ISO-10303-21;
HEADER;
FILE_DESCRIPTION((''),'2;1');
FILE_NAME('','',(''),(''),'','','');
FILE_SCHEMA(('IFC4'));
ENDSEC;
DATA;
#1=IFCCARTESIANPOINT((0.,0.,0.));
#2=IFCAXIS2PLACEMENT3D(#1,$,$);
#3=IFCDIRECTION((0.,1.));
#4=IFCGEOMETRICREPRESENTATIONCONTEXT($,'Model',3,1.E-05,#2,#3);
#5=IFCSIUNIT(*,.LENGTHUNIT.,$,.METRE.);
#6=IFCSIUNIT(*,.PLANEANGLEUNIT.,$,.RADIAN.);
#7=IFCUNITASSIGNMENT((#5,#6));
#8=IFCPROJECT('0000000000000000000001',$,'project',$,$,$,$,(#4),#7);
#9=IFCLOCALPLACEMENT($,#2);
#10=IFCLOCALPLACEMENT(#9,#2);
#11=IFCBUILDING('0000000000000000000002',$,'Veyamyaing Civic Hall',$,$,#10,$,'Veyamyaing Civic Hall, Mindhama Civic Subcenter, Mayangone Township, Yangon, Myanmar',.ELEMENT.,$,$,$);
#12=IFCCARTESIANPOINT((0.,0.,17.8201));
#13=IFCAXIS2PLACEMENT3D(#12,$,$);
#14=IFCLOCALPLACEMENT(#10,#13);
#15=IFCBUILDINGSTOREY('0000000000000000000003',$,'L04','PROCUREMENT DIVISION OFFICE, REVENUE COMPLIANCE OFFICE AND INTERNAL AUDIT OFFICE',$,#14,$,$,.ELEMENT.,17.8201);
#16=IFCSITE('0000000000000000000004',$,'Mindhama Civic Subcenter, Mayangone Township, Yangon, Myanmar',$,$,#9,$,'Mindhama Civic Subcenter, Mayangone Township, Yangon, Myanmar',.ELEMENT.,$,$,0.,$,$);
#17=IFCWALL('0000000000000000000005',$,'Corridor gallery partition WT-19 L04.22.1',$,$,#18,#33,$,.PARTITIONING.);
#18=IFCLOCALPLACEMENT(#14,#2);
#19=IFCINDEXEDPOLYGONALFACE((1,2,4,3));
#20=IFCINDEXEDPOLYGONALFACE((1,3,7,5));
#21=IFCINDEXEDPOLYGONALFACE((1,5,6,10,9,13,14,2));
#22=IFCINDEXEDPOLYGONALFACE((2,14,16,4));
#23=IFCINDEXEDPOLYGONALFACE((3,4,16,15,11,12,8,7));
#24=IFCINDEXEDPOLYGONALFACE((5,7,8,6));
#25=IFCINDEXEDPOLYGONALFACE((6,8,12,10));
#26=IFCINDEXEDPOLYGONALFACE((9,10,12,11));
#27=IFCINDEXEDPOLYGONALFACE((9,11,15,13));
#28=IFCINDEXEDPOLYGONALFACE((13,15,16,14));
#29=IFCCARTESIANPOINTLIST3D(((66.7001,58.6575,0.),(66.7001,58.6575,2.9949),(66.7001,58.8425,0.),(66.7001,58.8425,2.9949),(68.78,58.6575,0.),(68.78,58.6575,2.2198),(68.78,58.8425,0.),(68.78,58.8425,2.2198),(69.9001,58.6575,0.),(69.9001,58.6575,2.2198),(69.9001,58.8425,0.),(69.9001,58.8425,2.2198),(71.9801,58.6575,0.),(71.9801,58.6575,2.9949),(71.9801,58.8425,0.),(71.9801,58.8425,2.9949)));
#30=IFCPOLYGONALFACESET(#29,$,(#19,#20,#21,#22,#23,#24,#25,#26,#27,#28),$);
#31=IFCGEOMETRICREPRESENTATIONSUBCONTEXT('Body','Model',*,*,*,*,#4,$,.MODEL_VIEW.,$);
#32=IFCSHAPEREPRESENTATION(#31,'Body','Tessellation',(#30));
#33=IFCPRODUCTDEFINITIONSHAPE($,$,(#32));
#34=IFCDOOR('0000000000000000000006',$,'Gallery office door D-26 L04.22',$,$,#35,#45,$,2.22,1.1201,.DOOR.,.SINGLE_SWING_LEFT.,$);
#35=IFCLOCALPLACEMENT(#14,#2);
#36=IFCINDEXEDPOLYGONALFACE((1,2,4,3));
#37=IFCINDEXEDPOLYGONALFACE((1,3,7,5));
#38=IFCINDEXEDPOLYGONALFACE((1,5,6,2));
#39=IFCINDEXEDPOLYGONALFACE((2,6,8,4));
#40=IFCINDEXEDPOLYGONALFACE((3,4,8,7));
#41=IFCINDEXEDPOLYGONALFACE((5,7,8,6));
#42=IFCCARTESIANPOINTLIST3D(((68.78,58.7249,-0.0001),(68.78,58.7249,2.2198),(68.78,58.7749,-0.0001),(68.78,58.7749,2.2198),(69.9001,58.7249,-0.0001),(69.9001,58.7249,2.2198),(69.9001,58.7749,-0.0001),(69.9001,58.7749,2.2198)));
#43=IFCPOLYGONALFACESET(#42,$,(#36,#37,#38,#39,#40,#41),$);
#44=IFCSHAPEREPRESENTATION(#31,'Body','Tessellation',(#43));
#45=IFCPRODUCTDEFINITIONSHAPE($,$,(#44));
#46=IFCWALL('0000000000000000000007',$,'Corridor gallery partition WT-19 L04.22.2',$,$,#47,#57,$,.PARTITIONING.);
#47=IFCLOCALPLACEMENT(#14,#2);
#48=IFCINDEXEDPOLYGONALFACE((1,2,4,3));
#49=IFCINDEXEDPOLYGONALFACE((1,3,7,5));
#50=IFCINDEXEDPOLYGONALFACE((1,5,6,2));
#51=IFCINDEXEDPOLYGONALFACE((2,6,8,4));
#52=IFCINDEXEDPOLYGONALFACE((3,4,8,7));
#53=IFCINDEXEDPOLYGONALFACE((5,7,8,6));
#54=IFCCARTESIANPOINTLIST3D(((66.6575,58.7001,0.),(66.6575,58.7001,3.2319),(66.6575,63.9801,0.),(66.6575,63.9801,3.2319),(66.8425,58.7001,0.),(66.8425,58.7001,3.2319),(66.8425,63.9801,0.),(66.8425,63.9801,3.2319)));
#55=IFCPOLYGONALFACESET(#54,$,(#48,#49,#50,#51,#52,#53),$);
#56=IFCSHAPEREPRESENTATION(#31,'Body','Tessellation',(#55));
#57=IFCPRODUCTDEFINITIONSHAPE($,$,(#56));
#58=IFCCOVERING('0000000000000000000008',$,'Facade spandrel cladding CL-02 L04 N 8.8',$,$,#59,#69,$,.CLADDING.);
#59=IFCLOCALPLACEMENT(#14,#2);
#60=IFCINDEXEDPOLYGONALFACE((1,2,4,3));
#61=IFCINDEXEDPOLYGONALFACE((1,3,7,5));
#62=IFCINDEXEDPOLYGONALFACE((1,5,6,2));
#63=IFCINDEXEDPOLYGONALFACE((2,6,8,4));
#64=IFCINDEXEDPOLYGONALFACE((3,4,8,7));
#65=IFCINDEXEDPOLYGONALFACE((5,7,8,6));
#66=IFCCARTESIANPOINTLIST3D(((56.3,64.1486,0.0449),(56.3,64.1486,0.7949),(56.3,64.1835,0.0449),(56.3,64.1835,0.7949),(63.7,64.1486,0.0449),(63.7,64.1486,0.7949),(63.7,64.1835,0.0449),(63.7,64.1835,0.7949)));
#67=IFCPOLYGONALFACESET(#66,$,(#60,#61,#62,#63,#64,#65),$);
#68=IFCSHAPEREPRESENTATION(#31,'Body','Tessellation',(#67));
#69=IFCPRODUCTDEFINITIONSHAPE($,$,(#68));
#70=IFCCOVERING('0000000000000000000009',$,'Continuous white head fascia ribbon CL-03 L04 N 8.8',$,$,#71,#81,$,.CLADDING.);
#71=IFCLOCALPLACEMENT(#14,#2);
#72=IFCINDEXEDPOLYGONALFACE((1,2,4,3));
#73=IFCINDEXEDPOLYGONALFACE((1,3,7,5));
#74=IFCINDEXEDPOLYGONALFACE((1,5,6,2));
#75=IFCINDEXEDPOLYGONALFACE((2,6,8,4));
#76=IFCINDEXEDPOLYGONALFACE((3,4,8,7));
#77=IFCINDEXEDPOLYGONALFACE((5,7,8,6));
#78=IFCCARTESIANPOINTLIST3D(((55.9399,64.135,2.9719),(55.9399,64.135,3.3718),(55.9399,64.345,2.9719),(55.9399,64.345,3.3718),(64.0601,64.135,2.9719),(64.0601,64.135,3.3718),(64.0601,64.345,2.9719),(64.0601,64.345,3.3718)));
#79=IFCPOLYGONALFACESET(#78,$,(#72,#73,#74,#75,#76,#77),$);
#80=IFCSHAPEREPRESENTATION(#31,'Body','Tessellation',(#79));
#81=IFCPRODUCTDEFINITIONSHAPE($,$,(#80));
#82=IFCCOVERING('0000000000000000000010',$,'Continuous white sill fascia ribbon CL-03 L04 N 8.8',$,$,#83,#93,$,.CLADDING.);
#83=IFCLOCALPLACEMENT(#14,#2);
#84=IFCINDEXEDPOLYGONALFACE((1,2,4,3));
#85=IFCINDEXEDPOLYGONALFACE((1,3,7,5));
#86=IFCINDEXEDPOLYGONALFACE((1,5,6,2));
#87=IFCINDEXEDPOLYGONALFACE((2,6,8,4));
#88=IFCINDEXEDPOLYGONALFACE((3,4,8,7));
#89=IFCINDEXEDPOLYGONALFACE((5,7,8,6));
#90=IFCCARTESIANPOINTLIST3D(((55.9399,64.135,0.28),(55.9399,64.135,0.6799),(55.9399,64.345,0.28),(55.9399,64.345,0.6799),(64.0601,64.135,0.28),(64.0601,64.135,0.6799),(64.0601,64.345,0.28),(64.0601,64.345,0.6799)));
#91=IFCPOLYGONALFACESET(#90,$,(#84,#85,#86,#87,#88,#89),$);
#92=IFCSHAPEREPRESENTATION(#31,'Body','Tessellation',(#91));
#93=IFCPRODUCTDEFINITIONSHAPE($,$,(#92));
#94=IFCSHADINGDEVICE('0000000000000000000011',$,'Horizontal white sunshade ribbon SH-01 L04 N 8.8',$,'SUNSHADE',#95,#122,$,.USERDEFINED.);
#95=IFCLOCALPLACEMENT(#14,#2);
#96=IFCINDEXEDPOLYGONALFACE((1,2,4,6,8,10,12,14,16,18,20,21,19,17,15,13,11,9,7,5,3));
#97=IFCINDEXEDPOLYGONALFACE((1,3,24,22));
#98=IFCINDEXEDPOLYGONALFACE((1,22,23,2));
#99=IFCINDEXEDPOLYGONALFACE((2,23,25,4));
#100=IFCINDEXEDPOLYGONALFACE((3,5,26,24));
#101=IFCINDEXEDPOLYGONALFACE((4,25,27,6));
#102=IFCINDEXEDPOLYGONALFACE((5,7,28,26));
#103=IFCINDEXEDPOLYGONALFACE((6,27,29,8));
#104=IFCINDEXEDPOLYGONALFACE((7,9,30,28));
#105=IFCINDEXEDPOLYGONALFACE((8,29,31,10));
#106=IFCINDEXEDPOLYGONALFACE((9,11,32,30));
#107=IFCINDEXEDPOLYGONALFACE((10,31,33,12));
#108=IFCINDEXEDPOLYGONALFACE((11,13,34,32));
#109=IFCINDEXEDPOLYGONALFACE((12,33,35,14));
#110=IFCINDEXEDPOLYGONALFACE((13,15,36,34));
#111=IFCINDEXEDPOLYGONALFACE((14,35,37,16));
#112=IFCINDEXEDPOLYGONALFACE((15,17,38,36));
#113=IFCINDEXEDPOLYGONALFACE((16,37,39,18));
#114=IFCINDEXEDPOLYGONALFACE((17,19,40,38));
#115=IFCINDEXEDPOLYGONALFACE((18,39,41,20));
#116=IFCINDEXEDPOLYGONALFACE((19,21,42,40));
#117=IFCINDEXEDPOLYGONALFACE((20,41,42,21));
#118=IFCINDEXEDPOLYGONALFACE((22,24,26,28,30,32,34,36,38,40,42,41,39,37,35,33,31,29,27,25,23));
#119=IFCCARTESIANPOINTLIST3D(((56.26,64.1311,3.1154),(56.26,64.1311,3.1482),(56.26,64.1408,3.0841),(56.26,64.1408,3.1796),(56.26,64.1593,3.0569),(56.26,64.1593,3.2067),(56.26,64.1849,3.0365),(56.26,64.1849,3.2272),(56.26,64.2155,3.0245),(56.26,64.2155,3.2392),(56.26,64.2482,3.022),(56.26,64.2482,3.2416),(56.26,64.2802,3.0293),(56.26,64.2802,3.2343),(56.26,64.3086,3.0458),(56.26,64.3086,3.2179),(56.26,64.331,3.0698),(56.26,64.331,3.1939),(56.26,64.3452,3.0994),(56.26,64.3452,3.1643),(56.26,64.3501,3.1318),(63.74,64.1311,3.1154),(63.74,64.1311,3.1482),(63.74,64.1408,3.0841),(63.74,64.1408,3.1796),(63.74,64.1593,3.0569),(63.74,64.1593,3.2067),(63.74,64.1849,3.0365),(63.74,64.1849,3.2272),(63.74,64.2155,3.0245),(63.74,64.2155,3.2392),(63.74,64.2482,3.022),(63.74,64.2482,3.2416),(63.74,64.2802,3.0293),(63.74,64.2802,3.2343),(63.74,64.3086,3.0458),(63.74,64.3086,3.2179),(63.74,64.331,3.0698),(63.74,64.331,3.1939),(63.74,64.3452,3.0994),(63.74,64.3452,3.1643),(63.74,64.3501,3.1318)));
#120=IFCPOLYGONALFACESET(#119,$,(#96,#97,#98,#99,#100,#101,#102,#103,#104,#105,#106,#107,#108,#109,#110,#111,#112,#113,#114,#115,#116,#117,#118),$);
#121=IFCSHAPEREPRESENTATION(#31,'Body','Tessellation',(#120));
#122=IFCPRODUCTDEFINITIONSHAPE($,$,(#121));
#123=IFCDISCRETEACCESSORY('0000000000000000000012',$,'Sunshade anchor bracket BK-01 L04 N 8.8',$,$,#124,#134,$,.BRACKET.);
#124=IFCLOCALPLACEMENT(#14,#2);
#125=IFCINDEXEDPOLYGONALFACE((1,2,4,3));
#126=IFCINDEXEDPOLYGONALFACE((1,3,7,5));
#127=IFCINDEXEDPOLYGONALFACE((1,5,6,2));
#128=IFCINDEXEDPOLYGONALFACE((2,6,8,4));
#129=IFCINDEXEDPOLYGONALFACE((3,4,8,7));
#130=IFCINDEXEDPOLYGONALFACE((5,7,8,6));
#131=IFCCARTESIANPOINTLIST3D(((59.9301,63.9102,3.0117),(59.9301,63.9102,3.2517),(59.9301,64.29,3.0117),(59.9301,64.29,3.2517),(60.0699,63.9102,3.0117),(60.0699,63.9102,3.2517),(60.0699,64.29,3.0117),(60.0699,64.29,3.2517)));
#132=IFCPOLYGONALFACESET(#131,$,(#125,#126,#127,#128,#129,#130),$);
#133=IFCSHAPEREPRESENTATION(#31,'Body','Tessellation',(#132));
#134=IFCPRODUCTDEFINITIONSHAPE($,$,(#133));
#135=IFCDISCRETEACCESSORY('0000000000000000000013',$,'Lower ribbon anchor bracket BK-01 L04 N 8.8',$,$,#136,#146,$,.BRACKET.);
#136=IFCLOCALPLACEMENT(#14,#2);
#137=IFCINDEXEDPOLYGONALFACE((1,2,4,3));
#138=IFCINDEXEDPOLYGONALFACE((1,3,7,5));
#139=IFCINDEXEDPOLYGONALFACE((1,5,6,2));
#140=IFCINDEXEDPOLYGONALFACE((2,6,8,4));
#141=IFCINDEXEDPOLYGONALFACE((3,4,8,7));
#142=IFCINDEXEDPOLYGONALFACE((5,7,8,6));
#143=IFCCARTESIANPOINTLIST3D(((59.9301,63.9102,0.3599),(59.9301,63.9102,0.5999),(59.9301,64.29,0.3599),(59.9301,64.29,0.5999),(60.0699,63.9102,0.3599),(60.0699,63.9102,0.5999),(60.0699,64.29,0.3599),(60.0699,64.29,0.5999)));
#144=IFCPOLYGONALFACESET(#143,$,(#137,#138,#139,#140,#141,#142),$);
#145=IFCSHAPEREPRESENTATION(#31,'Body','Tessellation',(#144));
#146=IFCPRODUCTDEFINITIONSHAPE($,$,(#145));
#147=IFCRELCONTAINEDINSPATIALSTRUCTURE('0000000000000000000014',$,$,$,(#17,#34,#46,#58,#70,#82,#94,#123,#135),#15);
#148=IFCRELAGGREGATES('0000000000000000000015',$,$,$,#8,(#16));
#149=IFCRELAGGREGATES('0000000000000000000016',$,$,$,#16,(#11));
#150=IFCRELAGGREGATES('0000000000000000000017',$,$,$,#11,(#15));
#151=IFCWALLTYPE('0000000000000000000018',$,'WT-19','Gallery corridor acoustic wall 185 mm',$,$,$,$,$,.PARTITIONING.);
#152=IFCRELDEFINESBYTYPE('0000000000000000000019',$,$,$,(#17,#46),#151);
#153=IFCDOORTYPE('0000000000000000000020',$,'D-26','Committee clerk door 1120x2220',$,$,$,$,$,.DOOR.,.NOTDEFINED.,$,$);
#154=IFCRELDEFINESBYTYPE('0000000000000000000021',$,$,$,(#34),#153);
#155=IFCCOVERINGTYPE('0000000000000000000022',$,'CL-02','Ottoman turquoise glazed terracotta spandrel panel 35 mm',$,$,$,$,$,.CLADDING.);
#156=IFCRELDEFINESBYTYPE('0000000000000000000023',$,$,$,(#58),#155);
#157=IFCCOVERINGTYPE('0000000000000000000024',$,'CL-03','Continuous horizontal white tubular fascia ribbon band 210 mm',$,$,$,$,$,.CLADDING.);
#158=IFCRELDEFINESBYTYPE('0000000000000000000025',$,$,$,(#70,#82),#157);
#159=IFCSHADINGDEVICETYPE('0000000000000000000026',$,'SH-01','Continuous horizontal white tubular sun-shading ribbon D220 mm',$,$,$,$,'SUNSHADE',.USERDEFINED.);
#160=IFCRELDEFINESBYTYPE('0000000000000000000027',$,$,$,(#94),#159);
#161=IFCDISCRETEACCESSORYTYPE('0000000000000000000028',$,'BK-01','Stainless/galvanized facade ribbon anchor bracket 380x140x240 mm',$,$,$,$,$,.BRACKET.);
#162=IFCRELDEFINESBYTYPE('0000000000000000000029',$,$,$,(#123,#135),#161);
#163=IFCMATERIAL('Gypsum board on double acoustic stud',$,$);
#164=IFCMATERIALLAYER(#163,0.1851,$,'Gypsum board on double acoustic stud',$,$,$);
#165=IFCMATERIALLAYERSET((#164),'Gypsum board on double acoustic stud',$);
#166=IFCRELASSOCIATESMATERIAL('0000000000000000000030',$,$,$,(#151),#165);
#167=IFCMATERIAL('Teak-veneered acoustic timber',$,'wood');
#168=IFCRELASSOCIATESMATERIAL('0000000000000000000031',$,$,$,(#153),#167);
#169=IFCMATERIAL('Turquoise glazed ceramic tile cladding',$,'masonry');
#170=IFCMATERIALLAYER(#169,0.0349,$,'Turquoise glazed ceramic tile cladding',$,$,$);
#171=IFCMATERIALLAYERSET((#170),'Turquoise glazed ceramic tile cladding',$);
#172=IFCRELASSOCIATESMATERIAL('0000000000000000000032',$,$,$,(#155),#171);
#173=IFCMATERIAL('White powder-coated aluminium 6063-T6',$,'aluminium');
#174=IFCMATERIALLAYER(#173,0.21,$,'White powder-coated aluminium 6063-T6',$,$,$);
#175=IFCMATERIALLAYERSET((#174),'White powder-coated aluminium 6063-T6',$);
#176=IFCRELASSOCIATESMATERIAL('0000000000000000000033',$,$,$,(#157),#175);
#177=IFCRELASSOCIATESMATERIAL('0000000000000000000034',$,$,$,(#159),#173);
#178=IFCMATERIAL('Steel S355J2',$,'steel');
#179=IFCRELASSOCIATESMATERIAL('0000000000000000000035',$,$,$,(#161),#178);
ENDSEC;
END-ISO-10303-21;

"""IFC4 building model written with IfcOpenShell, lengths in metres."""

from ifc_helpers import new_model, si_unit, direction, frame, frame_2d, origin, origin_2d, place, context, subcontext, project, spatial, rectangle, circle, extrude, material, layer, layer_set, material_profile, profile_set, type_object, element, fill, save


model = new_model("IFC4")

# Units and contexts
model_context = context("Model", 3, precision=1e-05, world=origin(), true_north=direction((0.0, 1.0)))
body_context = subcontext(model_context, "Body", "Model", "MODEL_VIEW")
ifc_project = project(units=[si_unit("LENGTHUNIT", "METRE"), si_unit("PLANEANGLEUNIT", "RADIAN")], contexts=[model_context])

# Site, building, storey
site_placement = place(None, origin())
site = spatial("IfcSite", under=ifc_project, at=site_placement, Name="Mindhama Civic Subcenter, Mayangone Township, Yangon, Myanmar", LongName="Mindhama Civic Subcenter, Mayangone Township, Yangon, Myanmar", CompositionType="ELEMENT", RefElevation=0.0)
building_placement = place(site_placement, origin())
building = spatial("IfcBuilding", under=site, at=building_placement, Name="Veyamyaing Civic Hall", LongName="Veyamyaing Civic Hall, Mindhama Civic Subcenter, Mayangone Township, Yangon, Myanmar", CompositionType="ELEMENT")
storey_placement = place(building_placement, frame((0.0, 0.0, 17.8201)))
storey = spatial("IfcBuildingStorey", under=building, at=storey_placement, Name="L04", Description="PROCUREMENT DIVISION OFFICE, REVENUE COMPLIANCE OFFICE AND INTERNAL AUDIT OFFICE", CompositionType="ELEMENT", Elevation=17.8201)

# Shared definitions
ifc_material_1 = material(Name="Teak-veneered acoustic timber", Category="wood")

# Shared definitions
ifc_material_2 = material(Name="Gypsum board on double acoustic stud")
ifc_layer_1 = layer(ifc_material_2, 0.1851, Name="Gypsum board on double acoustic stud")
ifc_layer_set_1 = layer_set([ifc_layer_1], Name="Gypsum board on double acoustic stud")
wall_type_1 = type_object("IfcWallType", Name="WT-19", Description="Gallery corridor acoustic wall 185 mm", PredefinedType="PARTITIONING", material=ifc_layer_set_1)

# Wall, opening, door
wall_1_placement = place(storey_placement, frame((66.7, 58.75, 0.0), z_axis=(0.0, 0.0, 1.0), x_axis=(1.0, 0.0, 0.0)))
wall_1 = element("IfcWall", 1, at=wall_1_placement, inside=storey, type_object=wall_type_1, Name="Corridor gallery partition WT-19 L04.22.1", PredefinedType="PARTITIONING", context=body_context, shape_type="SweptSolid", body=[
    extrude(rectangle(XDim=5.28, YDim=0.1851, at=frame_2d((2.6401, 0.0))), origin(), (0.0, 0.0, 1.0), 2.9949),
])
opening_1_placement = place(wall_1_placement, frame((2.0801, 0.0, 0.0)))
opening_1 = element("IfcOpeningElement", 2, at=opening_1_placement, cuts=wall_1, PredefinedType="OPENING", context=body_context, shape_type="SweptSolid", body=[
    extrude(rectangle(XDim=1.1201, YDim=2.22, at=frame_2d((0.5601, 1.1099))), frame((0.0, 0.1025, 0.0), z_axis=(0.0, -1.0, 0.0), x_axis=(1.0, 0.0, 0.0)), (0.0, 0.0, 1.0), 0.2051),
])
door_type_1 = type_object("IfcDoorType", Name="D-26", Description="Committee clerk door 1120x2220", OperationType="NOTDEFINED", PredefinedType="DOOR", material=ifc_material_1)
door_1_placement = place(opening_1_placement, origin())
door_1 = element("IfcDoor", 3, at=door_1_placement, inside=storey, type_object=door_type_1, Name="Gallery office door D-26 L04.22", OperationType="SINGLE_SWING_LEFT", OverallHeight=2.22, OverallWidth=1.1201, PredefinedType="DOOR", context=body_context, shape_type="SweptSolid", body=[
    extrude(rectangle(XDim=1.1201, YDim=2.22, at=frame_2d((0.5601, 1.1099))), frame((0.0, 0.0249, 0.0), z_axis=(0.0, -1.0, 0.0), x_axis=(1.0, 0.0, 0.0)), (0.0, 0.0, 1.0), 0.05),
])
fill(opening_1, door_1)

# Wall
wall_2_placement = place(storey_placement, frame((66.75, 58.7, 0.0), z_axis=(0.0, 0.0, 1.0), x_axis=(0.0, 1.0, 0.0)))
element("IfcWall", 4, at=wall_2_placement, inside=storey, type_object=wall_type_1, Name="Corridor gallery partition WT-19 L04.22.2", PredefinedType="PARTITIONING", context=body_context, shape_type="SweptSolid", body=[
    extrude(rectangle(XDim=5.28, YDim=0.1851, at=frame_2d((2.6401, 0.0))), origin(), (0.0, 0.0, 1.0), 3.2319),
])

# Coverings
ifc_material_3 = material(Name="Turquoise glazed ceramic tile cladding", Category="masonry")
ifc_layer_2 = layer(ifc_material_3, 0.0349, Name="Turquoise glazed ceramic tile cladding")
ifc_layer_set_2 = layer_set([ifc_layer_2], Name="Turquoise glazed ceramic tile cladding")
covering_type_1 = type_object("IfcCoveringType", Name="CL-02", Description="Ottoman turquoise glazed terracotta spandrel panel 35 mm", PredefinedType="CLADDING", material=ifc_layer_set_2)
covering_placement = place(storey_placement, frame((60.0, 64.166, 0.0449), z_axis=(0.0, 0.0, 1.0), x_axis=(1.0, 0.0, 0.0)))
element("IfcCovering", 5, at=covering_placement, inside=storey, type_object=covering_type_1, Name="Facade spandrel cladding CL-02 L04 N 8.8", PredefinedType="CLADDING", context=body_context, shape_type="SweptSolid", body=[
    extrude(rectangle(XDim=7.3999, YDim=0.0349, at=origin_2d()), origin(), (0.0, 0.0, 1.0), 0.75),
])
ifc_material_4 = material(Name="White powder-coated aluminium 6063-T6", Category="aluminium")
ifc_layer_3 = layer(ifc_material_4, 0.21, Name="White powder-coated aluminium 6063-T6")
ifc_layer_set_3 = layer_set([ifc_layer_3], Name="White powder-coated aluminium 6063-T6")
covering_type_2 = type_object("IfcCoveringType", Name="CL-03", Description="Continuous horizontal white tubular fascia ribbon band 210 mm", PredefinedType="CLADDING", material=ifc_layer_set_3)
for number, where, z_axis, x_axis, name in (
    (6, (60.0, 64.24, 2.9719), (0.0, 0.0, 1.0), (1.0, 0.0, 0.0), "Continuous white head fascia ribbon CL-03 L04 N 8.8"),
    (7, (60.0, 64.24, 0.28), (0.0, 0.0, 1.0), (1.0, 0.0, 0.0), "Continuous white sill fascia ribbon CL-03 L04 N 8.8"),
):
    element("IfcCovering", number, at=place(storey_placement, frame(where, z_axis=z_axis, x_axis=x_axis)), inside=storey, type_object=covering_type_2, Name=name, PredefinedType="CLADDING", context=body_context, shape_type="SweptSolid", body=[
        extrude(rectangle(XDim=8.1201, YDim=0.21, at=origin_2d()), origin(), (0.0, 0.0, 1.0), 0.3999),
    ])

# Shading device
ifc_material_profile_1 = material_profile(ifc_material_4, circle(Radius=0.1101, at=origin_2d()), Name="SHADE-TUBE-220")
ifc_profile_set_1 = profile_set([ifc_material_profile_1], Name="White powder-coated aluminium 6063-T6")
shading_device_type = type_object("IfcShadingDeviceType", Name="SH-01", Description="Continuous horizontal white tubular sun-shading ribbon D220 mm", ElementType="SUNSHADE", PredefinedType="USERDEFINED", material=ifc_profile_set_1)
shading_device_placement = place(storey_placement, frame((56.26, 64.24, 3.1318), z_axis=(1.0, 0.0, 0.0), x_axis=(0.0, 1.0, 0.0)))
element("IfcShadingDevice", 8, at=shading_device_placement, inside=storey, type_object=shading_device_type, Name="Horizontal white sunshade ribbon SH-01 L04 N 8.8", ObjectType="SUNSHADE", PredefinedType="USERDEFINED", context=body_context, shape_type="SweptSolid", body=[
    extrude(circle(Radius=0.1101, at=origin_2d()), origin(), (0.0, 0.0, 1.0), 7.48),
])

# Discrete accessories
ifc_material_5 = material(Name="Steel S355J2", Category="steel")
discrete_accessory_type = type_object("IfcDiscreteAccessoryType", Name="BK-01", Description="Stainless/galvanized facade ribbon anchor bracket 380x140x240 mm", PredefinedType="BRACKET", material=ifc_material_5)
for number, where, z_axis, x_axis, name in (
    (9, (60.0, 64.1001, 3.0117), (0.0, 0.0, 1.0), (0.0, 1.0, 0.0), "Sunshade anchor bracket BK-01 L04 N 8.8"),
    (10, (60.0, 64.1001, 0.3599), (0.0, 0.0, 1.0), (0.0, 1.0, 0.0), "Lower ribbon anchor bracket BK-01 L04 N 8.8"),
):
    element("IfcDiscreteAccessory", number, at=place(storey_placement, frame(where, z_axis=z_axis, x_axis=x_axis)), inside=storey, type_object=discrete_accessory_type, Name=name, PredefinedType="BRACKET", context=body_context, shape_type="SweptSolid", body=[
        extrude(rectangle(XDim=0.3799, YDim=0.1399, at=origin_2d()), origin(), (0.0, 0.0, 1.0), 0.24),
    ])

save(model, "model.ifc")
